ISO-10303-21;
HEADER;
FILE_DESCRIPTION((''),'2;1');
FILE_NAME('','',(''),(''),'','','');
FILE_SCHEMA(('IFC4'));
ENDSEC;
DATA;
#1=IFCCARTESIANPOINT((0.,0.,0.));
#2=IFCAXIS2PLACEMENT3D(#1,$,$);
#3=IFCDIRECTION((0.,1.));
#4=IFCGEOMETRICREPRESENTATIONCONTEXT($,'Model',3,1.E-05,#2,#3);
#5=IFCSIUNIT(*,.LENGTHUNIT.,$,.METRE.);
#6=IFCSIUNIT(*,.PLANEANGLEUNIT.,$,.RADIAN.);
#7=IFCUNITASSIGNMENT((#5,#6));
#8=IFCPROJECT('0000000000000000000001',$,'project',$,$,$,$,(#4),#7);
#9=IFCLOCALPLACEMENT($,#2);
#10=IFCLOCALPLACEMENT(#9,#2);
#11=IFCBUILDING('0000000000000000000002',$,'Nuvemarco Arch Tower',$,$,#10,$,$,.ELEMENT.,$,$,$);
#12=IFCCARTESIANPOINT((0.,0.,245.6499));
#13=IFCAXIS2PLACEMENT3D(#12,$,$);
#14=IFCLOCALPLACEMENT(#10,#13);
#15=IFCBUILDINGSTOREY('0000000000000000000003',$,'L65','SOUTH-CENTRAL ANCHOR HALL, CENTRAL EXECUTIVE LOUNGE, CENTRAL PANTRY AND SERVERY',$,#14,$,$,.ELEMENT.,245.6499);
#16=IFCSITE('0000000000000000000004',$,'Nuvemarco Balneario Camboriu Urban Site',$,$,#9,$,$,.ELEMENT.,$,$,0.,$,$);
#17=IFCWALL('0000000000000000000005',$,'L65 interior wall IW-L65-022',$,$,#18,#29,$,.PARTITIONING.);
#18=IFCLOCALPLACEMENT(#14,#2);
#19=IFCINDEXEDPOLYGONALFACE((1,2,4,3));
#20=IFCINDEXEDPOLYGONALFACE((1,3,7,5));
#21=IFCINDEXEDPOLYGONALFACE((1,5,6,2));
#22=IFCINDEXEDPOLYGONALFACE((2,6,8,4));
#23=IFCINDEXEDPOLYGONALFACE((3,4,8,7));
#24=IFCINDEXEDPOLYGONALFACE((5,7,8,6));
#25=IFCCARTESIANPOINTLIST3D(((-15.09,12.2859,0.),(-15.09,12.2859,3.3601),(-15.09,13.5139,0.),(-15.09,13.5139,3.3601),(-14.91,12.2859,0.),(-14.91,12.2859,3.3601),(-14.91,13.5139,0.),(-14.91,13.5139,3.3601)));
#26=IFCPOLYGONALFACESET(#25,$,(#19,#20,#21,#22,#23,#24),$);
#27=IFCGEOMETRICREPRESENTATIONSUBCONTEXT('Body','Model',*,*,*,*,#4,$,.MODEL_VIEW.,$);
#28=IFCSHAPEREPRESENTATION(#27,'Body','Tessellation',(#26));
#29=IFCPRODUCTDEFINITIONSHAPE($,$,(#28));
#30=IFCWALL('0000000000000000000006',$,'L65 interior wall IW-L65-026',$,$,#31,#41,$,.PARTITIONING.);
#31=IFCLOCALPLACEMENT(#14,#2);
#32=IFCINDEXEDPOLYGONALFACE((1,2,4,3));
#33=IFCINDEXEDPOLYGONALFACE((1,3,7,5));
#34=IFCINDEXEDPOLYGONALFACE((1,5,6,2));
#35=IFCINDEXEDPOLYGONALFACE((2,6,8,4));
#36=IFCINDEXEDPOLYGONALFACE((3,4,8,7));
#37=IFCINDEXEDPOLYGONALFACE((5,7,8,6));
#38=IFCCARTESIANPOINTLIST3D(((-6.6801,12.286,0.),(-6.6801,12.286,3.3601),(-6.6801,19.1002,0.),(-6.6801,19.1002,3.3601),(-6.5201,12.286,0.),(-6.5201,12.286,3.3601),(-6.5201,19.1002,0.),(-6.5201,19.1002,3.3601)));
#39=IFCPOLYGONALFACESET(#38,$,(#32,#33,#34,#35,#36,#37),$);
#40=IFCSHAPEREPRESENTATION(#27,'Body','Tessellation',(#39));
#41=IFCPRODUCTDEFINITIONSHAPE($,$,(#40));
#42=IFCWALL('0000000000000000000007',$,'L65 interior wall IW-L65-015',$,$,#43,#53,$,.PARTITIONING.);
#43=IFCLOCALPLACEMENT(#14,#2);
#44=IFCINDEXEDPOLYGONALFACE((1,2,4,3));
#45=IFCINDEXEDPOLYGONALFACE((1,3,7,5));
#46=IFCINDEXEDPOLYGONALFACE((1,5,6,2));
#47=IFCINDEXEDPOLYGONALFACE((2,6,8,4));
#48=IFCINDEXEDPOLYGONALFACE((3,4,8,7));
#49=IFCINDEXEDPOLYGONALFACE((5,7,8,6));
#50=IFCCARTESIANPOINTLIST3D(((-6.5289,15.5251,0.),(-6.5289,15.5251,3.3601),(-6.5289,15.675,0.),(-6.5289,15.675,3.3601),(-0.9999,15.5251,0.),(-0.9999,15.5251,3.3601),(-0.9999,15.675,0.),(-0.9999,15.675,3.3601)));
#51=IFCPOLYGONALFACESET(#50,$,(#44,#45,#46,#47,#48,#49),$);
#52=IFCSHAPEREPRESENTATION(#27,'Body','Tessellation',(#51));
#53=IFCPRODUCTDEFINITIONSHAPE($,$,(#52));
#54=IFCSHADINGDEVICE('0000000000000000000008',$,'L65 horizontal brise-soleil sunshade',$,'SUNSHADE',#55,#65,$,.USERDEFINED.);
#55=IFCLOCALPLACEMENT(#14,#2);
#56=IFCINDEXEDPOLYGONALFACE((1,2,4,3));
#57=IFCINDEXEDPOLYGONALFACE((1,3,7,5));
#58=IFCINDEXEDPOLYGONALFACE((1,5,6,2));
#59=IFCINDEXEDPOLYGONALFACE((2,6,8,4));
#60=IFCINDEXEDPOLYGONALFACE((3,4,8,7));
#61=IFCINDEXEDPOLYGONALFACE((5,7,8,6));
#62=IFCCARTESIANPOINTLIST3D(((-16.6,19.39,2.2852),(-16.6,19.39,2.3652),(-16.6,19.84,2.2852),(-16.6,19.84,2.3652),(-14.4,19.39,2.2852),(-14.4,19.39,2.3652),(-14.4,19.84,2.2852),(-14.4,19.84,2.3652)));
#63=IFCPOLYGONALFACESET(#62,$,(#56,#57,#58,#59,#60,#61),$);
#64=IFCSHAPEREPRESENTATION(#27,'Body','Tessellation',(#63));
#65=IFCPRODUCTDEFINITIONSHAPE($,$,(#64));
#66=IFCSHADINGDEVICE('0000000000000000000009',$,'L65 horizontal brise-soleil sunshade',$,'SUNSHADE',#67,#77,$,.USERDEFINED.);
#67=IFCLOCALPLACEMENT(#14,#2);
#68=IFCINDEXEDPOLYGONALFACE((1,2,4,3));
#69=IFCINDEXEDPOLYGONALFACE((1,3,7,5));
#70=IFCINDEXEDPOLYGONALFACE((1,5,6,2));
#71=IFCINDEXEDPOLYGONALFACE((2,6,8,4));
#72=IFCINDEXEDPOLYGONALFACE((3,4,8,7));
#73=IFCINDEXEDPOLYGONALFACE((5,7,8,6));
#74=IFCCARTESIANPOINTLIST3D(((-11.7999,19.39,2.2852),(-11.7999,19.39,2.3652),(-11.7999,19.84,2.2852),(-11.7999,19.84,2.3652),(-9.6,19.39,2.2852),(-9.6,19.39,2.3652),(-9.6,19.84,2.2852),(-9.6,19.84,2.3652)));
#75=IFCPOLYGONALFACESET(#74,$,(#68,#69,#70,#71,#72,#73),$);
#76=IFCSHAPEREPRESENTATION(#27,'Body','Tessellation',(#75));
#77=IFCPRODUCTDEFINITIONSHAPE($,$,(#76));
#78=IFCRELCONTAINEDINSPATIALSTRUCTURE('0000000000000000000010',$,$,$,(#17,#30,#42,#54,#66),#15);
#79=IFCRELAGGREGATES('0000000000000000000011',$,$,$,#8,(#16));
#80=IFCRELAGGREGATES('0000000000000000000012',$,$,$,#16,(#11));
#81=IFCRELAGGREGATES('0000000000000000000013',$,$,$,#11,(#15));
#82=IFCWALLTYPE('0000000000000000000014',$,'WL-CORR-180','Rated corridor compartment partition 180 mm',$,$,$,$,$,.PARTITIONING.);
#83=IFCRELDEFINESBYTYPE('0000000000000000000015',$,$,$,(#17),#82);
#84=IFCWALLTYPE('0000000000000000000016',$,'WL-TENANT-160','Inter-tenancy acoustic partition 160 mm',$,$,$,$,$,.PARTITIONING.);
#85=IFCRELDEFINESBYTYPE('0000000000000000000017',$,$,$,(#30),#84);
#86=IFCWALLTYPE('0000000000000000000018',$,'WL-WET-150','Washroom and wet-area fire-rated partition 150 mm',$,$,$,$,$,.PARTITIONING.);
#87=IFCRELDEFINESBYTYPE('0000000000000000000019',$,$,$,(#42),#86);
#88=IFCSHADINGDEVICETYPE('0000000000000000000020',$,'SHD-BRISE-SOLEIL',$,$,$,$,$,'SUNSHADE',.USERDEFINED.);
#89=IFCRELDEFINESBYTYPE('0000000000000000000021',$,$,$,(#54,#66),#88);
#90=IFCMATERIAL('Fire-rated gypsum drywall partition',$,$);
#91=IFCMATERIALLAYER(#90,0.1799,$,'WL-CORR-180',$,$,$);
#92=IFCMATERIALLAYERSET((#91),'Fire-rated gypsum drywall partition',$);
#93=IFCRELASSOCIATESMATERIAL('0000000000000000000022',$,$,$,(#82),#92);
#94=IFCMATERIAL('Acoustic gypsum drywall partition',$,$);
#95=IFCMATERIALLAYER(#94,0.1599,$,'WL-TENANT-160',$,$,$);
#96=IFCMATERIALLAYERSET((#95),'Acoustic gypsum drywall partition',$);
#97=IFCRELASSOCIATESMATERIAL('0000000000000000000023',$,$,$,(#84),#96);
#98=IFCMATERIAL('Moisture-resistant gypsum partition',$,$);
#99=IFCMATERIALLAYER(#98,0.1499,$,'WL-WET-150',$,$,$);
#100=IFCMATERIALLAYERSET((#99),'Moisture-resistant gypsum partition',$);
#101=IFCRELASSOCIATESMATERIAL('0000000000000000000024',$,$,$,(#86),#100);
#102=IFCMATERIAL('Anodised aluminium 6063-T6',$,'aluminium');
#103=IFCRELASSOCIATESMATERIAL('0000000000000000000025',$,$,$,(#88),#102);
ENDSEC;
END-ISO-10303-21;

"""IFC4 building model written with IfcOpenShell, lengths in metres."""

from ifc_helpers import new_model, si_unit, direction, frame, frame_2d, origin, origin_2d, place, context, subcontext, project, spatial, rectangle, extrude, source, transform, mapped, material, layer, layer_set, type_object, type_shapes, element, save


model = new_model("IFC4")

# Units and contexts
model_context = context("Model", 3, precision=1e-05, world=origin(), true_north=direction((0.0, 1.0)))
body_context = subcontext(model_context, "Body", "Model", "MODEL_VIEW")
ifc_project = project(units=[si_unit("LENGTHUNIT", "METRE"), si_unit("PLANEANGLEUNIT", "RADIAN")], contexts=[model_context])

# Site, building, storey
site_placement = place(None, origin())
site = spatial("IfcSite", under=ifc_project, at=site_placement, Name="Nuvemarco Balneario Camboriu Urban Site", CompositionType="ELEMENT", RefElevation=0.0)
building_placement = place(site_placement, origin())
building = spatial("IfcBuilding", under=site, at=building_placement, Name="Nuvemarco Arch Tower", CompositionType="ELEMENT")
storey_placement = place(building_placement, frame((0.0, 0.0, 245.6499)))
storey = spatial("IfcBuildingStorey", under=building, at=storey_placement, Name="L65", Description="SOUTH-CENTRAL ANCHOR HALL, CENTRAL EXECUTIVE LOUNGE, CENTRAL PANTRY AND SERVERY", CompositionType="ELEMENT", Elevation=245.6499)

# Shared definitions
ifc_material_1 = material(Name="Fire-rated gypsum drywall partition")
ifc_layer_1 = layer(ifc_material_1, 0.1799, Name="WL-CORR-180")
ifc_layer_set_1 = layer_set([ifc_layer_1], Name="Fire-rated gypsum drywall partition")
wall_type_1 = type_object("IfcWallType", Name="WL-CORR-180", Description="Rated corridor compartment partition 180 mm", PredefinedType="PARTITIONING", material=ifc_layer_set_1)

# Walls
wall_1_placement = place(storey_placement, frame((-15.0, 12.2859, 0.0), z_axis=(0.0, 0.0, 1.0), x_axis=(0.0, 1.0, 0.0)))
element("IfcWall", 1, at=wall_1_placement, inside=storey, type_object=wall_type_1, Name="L65 interior wall IW-L65-022", PredefinedType="PARTITIONING", context=body_context, shape_type="SweptSolid", body=[
    extrude(rectangle(XDim=1.228, YDim=0.1799, at=frame_2d((0.614, 0.0))), origin(), (0.0, 0.0, 1.0), 3.3601),
])
ifc_material_2 = material(Name="Acoustic gypsum drywall partition")
ifc_layer_2 = layer(ifc_material_2, 0.1599, Name="WL-TENANT-160")
ifc_layer_set_2 = layer_set([ifc_layer_2], Name="Acoustic gypsum drywall partition")
wall_type_2 = type_object("IfcWallType", Name="WL-TENANT-160", Description="Inter-tenancy acoustic partition 160 mm", PredefinedType="PARTITIONING", material=ifc_layer_set_2)
wall_2_placement = place(storey_placement, frame((-6.6001, 12.2859, 0.0), z_axis=(0.0, 0.0, 1.0), x_axis=(0.0, 1.0, 0.0)))
element("IfcWall", 2, at=wall_2_placement, inside=storey, type_object=wall_type_2, Name="L65 interior wall IW-L65-026", PredefinedType="PARTITIONING", context=body_context, shape_type="SweptSolid", body=[
    extrude(rectangle(XDim=6.8142, YDim=0.1599, at=frame_2d((3.4072, 0.0))), origin(), (0.0, 0.0, 1.0), 3.3601),
])
ifc_material_3 = material(Name="Moisture-resistant gypsum partition")
ifc_layer_3 = layer(ifc_material_3, 0.1499, Name="WL-WET-150")
ifc_layer_set_3 = layer_set([ifc_layer_3], Name="Moisture-resistant gypsum partition")
wall_type_3 = type_object("IfcWallType", Name="WL-WET-150", Description="Washroom and wet-area fire-rated partition 150 mm", PredefinedType="PARTITIONING", material=ifc_layer_set_3)
wall_3_placement = place(storey_placement, frame((-6.5291, 15.6001, 0.0), z_axis=(0.0, 0.0, 1.0), x_axis=(1.0, 0.0, 0.0)))
element("IfcWall", 3, at=wall_3_placement, inside=storey, type_object=wall_type_3, Name="L65 interior wall IW-L65-015", PredefinedType="PARTITIONING", context=body_context, shape_type="SweptSolid", body=[
    extrude(rectangle(XDim=5.5291, YDim=0.1499, at=frame_2d((2.7646, 0.0))), origin(), (0.0, 0.0, 1.0), 3.3601),
])

# Shading devices
ifc_material_4 = material(Name="Anodised aluminium 6063-T6", Category="aluminium")
shading_device_type = type_object("IfcShadingDeviceType", Name="SHD-BRISE-SOLEIL", ElementType="SUNSHADE", PredefinedType="USERDEFINED", material=ifc_material_4)
shared_shape_1 = source(origin(), body_context, "Body", "SweptSolid", [
    extrude(rectangle(XDim=2.2, YDim=0.45, at=origin_2d()), origin(), (0.0, 0.0, 1.0), 0.0801),
])
type_shapes(shading_device_type, [shared_shape_1])
for number, where, z_axis, x_axis, name in (
    (4, (-15.5, 19.615, 2.2852), (0.0, 0.0, 1.0), (1.0, 0.0, 0.0), "L65 horizontal brise-soleil sunshade"),
    (5, (-10.7, 19.615, 2.2852), (0.0, 0.0, 1.0), (1.0, 0.0, 0.0), "L65 horizontal brise-soleil sunshade"),
):
    element("IfcShadingDevice", number, at=place(storey_placement, frame(where, z_axis=z_axis, x_axis=x_axis)), inside=storey, type_object=shading_device_type, Name=name, ObjectType="SUNSHADE", PredefinedType="USERDEFINED", context=body_context, shape_type="MappedRepresentation", body=[
        mapped(shared_shape_1, transform((0.0, 0.0, 0.0), scale=1.0)),
    ])

save(model, "model.ifc")
